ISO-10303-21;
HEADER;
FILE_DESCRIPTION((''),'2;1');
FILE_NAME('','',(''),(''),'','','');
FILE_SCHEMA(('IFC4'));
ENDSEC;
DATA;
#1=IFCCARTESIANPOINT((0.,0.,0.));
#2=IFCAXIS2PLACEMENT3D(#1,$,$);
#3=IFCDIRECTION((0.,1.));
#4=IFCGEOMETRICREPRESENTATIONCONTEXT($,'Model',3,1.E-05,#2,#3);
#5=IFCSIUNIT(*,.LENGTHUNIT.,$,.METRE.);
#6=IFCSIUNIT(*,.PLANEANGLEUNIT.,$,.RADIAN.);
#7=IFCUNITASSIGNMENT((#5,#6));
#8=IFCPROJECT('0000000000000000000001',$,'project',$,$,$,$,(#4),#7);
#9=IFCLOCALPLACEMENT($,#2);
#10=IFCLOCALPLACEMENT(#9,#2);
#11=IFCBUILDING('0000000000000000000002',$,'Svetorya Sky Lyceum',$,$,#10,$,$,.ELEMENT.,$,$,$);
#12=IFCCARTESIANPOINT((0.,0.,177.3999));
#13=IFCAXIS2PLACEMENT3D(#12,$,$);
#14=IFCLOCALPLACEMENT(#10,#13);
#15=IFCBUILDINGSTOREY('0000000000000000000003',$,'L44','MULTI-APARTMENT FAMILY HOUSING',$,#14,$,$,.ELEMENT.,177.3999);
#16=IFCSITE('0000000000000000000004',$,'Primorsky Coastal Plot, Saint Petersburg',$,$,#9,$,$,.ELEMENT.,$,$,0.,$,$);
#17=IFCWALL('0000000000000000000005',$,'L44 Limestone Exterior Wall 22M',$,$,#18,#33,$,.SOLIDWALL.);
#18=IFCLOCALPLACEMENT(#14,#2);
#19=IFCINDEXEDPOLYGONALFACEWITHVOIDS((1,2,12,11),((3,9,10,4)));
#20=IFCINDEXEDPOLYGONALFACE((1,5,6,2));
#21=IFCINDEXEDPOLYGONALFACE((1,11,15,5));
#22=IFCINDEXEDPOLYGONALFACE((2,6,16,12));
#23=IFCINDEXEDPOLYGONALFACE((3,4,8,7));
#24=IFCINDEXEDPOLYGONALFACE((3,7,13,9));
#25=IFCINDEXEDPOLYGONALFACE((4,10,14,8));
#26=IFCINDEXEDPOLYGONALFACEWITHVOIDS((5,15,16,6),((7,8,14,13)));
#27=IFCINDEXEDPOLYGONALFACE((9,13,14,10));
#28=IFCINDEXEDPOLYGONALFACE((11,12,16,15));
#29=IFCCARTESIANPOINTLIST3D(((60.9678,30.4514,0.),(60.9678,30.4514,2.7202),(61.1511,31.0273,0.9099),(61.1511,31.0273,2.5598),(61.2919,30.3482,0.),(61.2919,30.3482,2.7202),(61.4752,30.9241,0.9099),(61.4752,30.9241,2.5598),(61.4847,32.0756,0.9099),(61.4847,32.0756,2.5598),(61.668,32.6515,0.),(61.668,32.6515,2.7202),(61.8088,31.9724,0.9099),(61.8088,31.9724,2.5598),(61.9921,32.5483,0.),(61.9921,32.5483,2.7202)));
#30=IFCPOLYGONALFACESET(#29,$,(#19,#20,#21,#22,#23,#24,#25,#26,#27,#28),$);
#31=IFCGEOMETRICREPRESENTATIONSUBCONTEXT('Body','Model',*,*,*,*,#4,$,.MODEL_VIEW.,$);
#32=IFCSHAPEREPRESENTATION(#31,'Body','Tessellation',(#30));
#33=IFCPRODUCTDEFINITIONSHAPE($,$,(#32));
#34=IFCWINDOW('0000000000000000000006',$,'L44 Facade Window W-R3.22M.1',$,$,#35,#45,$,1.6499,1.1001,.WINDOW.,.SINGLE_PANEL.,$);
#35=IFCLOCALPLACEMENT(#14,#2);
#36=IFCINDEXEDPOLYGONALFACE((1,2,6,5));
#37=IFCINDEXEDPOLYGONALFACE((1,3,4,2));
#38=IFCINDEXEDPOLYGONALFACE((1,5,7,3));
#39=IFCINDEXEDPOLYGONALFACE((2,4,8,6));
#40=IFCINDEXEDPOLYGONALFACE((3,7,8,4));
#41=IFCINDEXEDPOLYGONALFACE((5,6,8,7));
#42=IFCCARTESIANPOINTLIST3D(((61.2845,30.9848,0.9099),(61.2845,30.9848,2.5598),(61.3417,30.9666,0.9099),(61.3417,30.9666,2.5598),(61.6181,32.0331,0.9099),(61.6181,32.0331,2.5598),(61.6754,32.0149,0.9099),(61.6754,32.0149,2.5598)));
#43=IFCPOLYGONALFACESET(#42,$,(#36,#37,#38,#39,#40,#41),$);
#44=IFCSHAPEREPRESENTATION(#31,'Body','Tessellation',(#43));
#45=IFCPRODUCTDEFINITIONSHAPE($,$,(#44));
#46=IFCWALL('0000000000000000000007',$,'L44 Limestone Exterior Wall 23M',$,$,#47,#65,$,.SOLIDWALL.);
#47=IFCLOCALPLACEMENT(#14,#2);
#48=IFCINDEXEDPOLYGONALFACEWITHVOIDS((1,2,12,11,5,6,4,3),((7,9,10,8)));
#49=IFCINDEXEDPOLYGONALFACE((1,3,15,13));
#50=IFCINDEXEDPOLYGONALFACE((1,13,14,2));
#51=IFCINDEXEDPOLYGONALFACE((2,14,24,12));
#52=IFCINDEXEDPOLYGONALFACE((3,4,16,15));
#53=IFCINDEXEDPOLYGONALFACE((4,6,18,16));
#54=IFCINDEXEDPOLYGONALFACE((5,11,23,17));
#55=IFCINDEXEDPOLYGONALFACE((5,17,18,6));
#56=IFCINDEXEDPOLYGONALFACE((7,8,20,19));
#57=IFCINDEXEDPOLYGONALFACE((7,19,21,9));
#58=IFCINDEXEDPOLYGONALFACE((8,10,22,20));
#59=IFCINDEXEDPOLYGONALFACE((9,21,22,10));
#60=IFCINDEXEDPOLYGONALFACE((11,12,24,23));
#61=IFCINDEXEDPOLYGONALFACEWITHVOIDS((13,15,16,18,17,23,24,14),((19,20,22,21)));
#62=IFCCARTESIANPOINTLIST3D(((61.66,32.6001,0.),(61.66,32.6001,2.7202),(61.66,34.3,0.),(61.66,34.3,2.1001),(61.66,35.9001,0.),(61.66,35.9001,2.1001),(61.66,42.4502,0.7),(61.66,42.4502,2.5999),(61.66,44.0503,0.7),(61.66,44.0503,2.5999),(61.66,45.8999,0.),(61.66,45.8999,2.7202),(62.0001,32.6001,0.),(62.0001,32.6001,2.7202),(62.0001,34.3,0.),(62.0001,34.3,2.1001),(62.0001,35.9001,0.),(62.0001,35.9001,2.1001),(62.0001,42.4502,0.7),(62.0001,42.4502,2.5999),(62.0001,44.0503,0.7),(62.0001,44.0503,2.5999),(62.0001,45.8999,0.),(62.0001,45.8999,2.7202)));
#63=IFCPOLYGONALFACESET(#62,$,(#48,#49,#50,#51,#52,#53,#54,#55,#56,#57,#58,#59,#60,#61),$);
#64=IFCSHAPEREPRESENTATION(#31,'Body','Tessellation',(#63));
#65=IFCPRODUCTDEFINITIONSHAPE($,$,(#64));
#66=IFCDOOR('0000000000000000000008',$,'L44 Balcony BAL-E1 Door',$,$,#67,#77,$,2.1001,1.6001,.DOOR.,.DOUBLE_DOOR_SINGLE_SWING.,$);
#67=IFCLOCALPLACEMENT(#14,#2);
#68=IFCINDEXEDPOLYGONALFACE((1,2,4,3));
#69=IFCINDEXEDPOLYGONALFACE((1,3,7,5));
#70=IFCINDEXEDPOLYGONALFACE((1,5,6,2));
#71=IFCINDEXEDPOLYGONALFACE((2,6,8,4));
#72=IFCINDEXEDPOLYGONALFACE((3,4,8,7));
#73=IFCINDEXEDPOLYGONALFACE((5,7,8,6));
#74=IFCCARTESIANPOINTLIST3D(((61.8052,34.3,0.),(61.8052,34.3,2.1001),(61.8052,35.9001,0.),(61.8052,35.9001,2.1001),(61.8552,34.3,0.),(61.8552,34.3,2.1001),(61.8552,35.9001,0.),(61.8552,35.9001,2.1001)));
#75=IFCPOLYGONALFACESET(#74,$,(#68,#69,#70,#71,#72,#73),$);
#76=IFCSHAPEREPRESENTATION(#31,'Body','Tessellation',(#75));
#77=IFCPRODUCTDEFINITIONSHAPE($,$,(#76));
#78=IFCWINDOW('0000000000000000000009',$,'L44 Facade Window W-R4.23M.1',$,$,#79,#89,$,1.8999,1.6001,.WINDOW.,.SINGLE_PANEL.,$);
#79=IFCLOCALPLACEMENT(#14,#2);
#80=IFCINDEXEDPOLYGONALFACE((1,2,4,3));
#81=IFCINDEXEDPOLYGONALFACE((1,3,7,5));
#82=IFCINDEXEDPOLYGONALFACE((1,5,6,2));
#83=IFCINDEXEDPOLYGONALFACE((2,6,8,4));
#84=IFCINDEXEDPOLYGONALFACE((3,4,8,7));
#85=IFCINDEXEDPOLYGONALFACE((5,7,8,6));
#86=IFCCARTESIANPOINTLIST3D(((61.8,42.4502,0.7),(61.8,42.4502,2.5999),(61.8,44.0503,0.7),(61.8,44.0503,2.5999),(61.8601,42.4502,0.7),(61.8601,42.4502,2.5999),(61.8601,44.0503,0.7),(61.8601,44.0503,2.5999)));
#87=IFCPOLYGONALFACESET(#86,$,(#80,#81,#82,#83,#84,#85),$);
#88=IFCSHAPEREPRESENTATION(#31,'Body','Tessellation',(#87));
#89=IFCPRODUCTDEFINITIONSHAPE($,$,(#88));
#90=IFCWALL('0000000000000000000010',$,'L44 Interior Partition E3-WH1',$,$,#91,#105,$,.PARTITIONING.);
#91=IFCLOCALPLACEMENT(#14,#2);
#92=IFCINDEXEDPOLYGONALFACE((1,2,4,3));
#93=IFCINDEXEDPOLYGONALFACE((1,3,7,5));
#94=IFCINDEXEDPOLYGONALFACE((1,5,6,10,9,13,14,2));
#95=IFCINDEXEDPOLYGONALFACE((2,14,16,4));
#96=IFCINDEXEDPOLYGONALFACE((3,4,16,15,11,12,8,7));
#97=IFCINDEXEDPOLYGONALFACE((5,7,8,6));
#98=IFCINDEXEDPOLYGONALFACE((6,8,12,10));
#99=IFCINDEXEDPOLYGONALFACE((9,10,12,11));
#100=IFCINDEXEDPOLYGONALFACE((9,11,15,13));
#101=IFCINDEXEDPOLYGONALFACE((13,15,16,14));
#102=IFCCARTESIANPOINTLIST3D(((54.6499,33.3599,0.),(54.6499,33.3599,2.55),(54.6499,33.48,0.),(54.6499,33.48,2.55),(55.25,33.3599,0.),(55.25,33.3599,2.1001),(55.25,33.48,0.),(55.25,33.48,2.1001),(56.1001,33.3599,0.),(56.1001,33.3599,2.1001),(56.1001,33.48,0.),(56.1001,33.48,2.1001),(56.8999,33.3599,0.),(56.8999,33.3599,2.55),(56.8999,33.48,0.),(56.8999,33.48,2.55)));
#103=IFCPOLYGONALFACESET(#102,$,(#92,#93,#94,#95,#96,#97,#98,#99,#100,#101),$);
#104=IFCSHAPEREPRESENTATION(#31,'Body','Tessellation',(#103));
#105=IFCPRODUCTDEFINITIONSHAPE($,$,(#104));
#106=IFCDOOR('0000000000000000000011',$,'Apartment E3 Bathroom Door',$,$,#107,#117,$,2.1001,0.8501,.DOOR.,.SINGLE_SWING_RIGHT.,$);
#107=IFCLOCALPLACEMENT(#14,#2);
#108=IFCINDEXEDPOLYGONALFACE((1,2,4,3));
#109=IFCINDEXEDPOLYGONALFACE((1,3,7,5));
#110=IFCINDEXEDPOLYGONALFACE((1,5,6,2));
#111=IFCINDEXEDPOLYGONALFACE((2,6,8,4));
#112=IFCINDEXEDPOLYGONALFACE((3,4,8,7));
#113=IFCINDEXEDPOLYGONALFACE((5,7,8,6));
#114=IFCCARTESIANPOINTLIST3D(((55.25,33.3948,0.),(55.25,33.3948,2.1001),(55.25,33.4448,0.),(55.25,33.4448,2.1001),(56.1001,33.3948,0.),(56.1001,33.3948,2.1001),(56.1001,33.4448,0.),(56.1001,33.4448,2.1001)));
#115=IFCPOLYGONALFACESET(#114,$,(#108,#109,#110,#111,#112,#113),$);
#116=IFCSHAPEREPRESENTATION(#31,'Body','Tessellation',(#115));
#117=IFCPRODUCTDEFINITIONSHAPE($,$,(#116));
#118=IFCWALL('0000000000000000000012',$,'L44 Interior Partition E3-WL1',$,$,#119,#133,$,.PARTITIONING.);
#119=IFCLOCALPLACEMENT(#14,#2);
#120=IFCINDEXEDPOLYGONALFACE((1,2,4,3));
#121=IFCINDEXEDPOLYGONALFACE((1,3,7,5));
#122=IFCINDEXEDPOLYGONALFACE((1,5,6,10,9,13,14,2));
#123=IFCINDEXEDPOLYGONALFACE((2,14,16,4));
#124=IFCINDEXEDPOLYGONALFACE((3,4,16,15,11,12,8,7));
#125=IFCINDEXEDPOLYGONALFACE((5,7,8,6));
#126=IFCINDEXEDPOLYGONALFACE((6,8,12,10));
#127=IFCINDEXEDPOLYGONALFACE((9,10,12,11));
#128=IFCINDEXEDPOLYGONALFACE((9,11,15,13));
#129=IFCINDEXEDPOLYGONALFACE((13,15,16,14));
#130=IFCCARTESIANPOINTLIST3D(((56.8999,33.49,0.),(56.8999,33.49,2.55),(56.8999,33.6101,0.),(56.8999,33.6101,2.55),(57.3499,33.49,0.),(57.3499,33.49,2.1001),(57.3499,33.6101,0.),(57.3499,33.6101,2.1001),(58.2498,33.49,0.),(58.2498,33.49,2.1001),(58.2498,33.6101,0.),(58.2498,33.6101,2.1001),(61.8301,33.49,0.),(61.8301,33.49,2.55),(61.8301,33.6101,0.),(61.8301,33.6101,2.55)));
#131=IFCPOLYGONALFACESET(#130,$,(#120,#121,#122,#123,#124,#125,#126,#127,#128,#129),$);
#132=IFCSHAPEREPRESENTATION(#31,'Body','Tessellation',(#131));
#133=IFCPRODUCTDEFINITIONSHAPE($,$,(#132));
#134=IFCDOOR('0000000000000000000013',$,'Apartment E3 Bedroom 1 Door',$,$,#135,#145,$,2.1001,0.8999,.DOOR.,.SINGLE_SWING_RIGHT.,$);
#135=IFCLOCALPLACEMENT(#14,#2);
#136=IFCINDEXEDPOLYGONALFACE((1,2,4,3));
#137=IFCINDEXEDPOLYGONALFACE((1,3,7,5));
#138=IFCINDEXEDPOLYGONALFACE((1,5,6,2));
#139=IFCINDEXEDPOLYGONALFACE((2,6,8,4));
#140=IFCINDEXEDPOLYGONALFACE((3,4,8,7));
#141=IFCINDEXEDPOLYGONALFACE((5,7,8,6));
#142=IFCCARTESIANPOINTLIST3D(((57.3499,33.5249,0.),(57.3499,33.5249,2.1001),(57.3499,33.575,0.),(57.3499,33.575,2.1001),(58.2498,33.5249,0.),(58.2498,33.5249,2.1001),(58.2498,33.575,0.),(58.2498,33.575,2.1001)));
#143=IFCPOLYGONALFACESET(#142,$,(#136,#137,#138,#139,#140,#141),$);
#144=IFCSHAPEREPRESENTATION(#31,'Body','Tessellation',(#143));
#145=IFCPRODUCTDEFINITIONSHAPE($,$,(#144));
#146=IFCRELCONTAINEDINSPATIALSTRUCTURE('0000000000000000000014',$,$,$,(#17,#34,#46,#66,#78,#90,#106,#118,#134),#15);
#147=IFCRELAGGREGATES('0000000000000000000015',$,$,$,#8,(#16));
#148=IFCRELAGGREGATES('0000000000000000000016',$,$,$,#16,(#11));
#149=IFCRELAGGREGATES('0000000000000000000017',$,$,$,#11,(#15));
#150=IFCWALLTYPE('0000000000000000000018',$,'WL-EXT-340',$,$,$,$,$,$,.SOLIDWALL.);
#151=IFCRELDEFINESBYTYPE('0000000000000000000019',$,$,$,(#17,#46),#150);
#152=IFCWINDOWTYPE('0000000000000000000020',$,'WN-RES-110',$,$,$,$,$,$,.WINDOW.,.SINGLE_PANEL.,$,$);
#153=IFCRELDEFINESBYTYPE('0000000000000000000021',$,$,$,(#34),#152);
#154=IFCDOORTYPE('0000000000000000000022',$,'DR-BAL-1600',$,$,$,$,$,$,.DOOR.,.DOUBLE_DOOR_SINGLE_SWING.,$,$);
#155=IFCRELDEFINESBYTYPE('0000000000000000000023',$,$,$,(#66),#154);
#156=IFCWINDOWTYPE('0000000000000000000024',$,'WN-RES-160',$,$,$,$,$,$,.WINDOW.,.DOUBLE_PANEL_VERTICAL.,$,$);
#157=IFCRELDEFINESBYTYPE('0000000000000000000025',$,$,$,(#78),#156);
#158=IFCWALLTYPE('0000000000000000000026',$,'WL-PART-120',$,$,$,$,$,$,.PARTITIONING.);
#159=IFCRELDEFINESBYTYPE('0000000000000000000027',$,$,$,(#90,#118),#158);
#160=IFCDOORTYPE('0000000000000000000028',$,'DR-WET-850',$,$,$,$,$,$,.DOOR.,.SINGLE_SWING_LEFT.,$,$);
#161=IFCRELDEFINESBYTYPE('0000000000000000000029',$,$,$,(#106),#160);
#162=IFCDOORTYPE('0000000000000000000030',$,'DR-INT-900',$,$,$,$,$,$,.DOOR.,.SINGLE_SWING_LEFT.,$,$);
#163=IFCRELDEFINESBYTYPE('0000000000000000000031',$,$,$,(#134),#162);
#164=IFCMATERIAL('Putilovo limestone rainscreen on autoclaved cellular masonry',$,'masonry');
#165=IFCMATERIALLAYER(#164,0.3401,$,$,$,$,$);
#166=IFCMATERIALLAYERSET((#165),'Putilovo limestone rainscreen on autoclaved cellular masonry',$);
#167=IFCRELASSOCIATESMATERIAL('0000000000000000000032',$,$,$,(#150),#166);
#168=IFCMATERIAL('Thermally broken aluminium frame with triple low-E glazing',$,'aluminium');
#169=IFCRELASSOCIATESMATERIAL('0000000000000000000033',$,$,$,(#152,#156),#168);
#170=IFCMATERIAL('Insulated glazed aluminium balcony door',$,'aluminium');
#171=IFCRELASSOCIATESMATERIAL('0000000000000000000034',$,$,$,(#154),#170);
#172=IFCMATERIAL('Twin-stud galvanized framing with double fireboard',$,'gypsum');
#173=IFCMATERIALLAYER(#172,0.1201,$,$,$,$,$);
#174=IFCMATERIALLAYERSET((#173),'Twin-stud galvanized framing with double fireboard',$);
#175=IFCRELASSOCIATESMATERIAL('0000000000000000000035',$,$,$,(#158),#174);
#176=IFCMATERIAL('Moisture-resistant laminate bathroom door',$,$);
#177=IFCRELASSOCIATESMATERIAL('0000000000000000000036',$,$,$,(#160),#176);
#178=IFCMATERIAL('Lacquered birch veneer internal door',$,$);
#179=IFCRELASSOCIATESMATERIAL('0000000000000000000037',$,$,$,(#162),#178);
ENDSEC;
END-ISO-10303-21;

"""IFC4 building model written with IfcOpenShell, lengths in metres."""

from ifc_helpers import new_model, si_unit, direction, frame, frame_2d, origin, place, context, subcontext, project, spatial, rectangle, extrude, material, layer, layer_set, type_object, element, fill, save


model = new_model("IFC4")

# Units and contexts
model_context = context("Model", 3, precision=1e-05, world=origin(), true_north=direction((0.0, 1.0)))
body_context = subcontext(model_context, "Body", "Model", "MODEL_VIEW")
ifc_project = project(units=[si_unit("LENGTHUNIT", "METRE"), si_unit("PLANEANGLEUNIT", "RADIAN")], contexts=[model_context])

# Site, building, storey
site_placement = place(None, origin())
site = spatial("IfcSite", under=ifc_project, at=site_placement, Name="Primorsky Coastal Plot, Saint Petersburg", CompositionType="ELEMENT", RefElevation=0.0)
building_placement = place(site_placement, origin())
building = spatial("IfcBuilding", under=site, at=building_placement, Name="Svetorya Sky Lyceum", CompositionType="ELEMENT")
storey_placement = place(building_placement, frame((0.0, 0.0, 177.3999)))
storey = spatial("IfcBuildingStorey", under=building, at=storey_placement, Name="L44", Description="MULTI-APARTMENT FAMILY HOUSING", CompositionType="ELEMENT", Elevation=177.3999)

# Shared definitions
ifc_material_1 = material(Name="Putilovo limestone rainscreen on autoclaved cellular masonry", Category="masonry")
ifc_layer_1 = layer(ifc_material_1, 0.3401)
ifc_layer_set_1 = layer_set([ifc_layer_1], Name="Putilovo limestone rainscreen on autoclaved cellular masonry")
wall_type_1 = type_object("IfcWallType", Name="WL-EXT-340", PredefinedType="SOLIDWALL", material=ifc_layer_set_1)
ifc_material_2 = material(Name="Thermally broken aluminium frame with triple low-E glazing", Category="aluminium")
window_type_1 = type_object("IfcWindowType", Name="WN-RES-110", PartitioningType="SINGLE_PANEL", PredefinedType="WINDOW", material=ifc_material_2)

# Wall, opening, window
wall_1_placement = place(storey_placement, frame((61.1299, 30.3999, 0.0), z_axis=(0.0, 0.0, 1.0), x_axis=(0.303256, 0.952909, 0.0)))
wall_1 = element("IfcWall", 1, at=wall_1_placement, inside=storey, type_object=wall_type_1, Name="L44 Limestone Exterior Wall 22M", PredefinedType="SOLIDWALL", context=body_context, shape_type="SweptSolid", body=[
    extrude(rectangle(XDim=2.3088, YDim=0.3401, at=frame_2d((1.1543, 0.0))), origin(), (0.0, 0.0, 1.0), 2.7202),
])
opening_1_placement = place(wall_1_placement, frame((0.6042, 0.0, 0.9099)))
opening_1 = element("IfcOpeningElement", 2, at=opening_1_placement, cuts=wall_1, PredefinedType="OPENING", context=body_context, shape_type="SweptSolid", body=[
    extrude(rectangle(XDim=1.1001, YDim=1.6499, at=frame_2d((0.55, 0.825))), frame((0.0, 0.1799, 0.0), z_axis=(0.0, -1.0, 0.0), x_axis=(1.0, 0.0, 0.0)), (0.0, 0.0, 1.0), 0.3601),
])
window_1_placement = place(opening_1_placement, origin())
window_1 = element("IfcWindow", 3, at=window_1_placement, inside=storey, type_object=window_type_1, Name="L44 Facade Window W-R3.22M.1", OverallHeight=1.6499, OverallWidth=1.1001, PartitioningType="SINGLE_PANEL", PredefinedType="WINDOW", context=body_context, shape_type="SweptSolid", body=[
    extrude(rectangle(XDim=1.1001, YDim=1.6499, at=frame_2d((0.55, 0.825))), frame((0.0, 0.03, 0.0), z_axis=(0.0, -1.0, 0.0), x_axis=(1.0, 0.0, 0.0)), (0.0, 0.0, 1.0), 0.0601),
])
fill(opening_1, window_1)

# Wall, openings, door, window
wall_2_placement = place(storey_placement, frame((61.8301, 32.6001, 0.0), z_axis=(0.0, 0.0, 1.0), x_axis=(0.0, 1.0, 0.0)))
wall_2 = element("IfcWall", 4, at=wall_2_placement, inside=storey, type_object=wall_type_1, Name="L44 Limestone Exterior Wall 23M", PredefinedType="SOLIDWALL", context=body_context, shape_type="SweptSolid", body=[
    extrude(rectangle(XDim=13.2998, YDim=0.3401, at=frame_2d((6.6499, 0.0))), origin(), (0.0, 0.0, 1.0), 2.7202),
])
opening_2_placement = place(wall_2_placement, frame((1.7, 0.0, 0.0)))
opening_2 = element("IfcOpeningElement", 5, at=opening_2_placement, cuts=wall_2, PredefinedType="OPENING", context=body_context, shape_type="SweptSolid", body=[
    extrude(rectangle(XDim=1.6001, YDim=2.1001, at=frame_2d((0.8, 1.05))), frame((0.0, 0.1799, 0.0), z_axis=(0.0, -1.0, 0.0), x_axis=(1.0, 0.0, 0.0)), (0.0, 0.0, 1.0), 0.3601),
])
opening_3_placement = place(wall_2_placement, frame((9.8501, 0.0, 0.7)))
opening_3 = element("IfcOpeningElement", 6, at=opening_3_placement, cuts=wall_2, PredefinedType="OPENING", context=body_context, shape_type="SweptSolid", body=[
    extrude(rectangle(XDim=1.6001, YDim=1.8999, at=frame_2d((0.8, 0.95))), frame((0.0, 0.1799, 0.0), z_axis=(0.0, -1.0, 0.0), x_axis=(1.0, 0.0, 0.0)), (0.0, 0.0, 1.0), 0.3601),
])
ifc_material_3 = material(Name="Insulated glazed aluminium balcony door", Category="aluminium")
door_type_1 = type_object("IfcDoorType", Name="DR-BAL-1600", OperationType="DOUBLE_DOOR_SINGLE_SWING", PredefinedType="DOOR", material=ifc_material_3)
door_1_placement = place(opening_2_placement, origin())
door_1 = element("IfcDoor", 7, at=door_1_placement, inside=storey, type_object=door_type_1, Name="L44 Balcony BAL-E1 Door", OperationType="DOUBLE_DOOR_SINGLE_SWING", OverallHeight=2.1001, OverallWidth=1.6001, PredefinedType="DOOR", context=body_context, shape_type="SweptSolid", body=[
    extrude(rectangle(XDim=1.6001, YDim=2.1001, at=frame_2d((0.8, 1.05))), frame((0.0, 0.0249, 0.0), z_axis=(0.0, -1.0, 0.0), x_axis=(1.0, 0.0, 0.0)), (0.0, 0.0, 1.0), 0.05),
])
fill(opening_2, door_1)
window_type_2 = type_object("IfcWindowType", Name="WN-RES-160", PartitioningType="DOUBLE_PANEL_VERTICAL", PredefinedType="WINDOW", material=ifc_material_2)
window_2_placement = place(opening_3_placement, origin())
window_2 = element("IfcWindow", 8, at=window_2_placement, inside=storey, type_object=window_type_2, Name="L44 Facade Window W-R4.23M.1", OverallHeight=1.8999, OverallWidth=1.6001, PartitioningType="SINGLE_PANEL", PredefinedType="WINDOW", context=body_context, shape_type="SweptSolid", body=[
    extrude(rectangle(XDim=1.6001, YDim=1.8999, at=frame_2d((0.8, 0.95))), frame((0.0, 0.03, 0.0), z_axis=(0.0, -1.0, 0.0), x_axis=(1.0, 0.0, 0.0)), (0.0, 0.0, 1.0), 0.0601),
])
fill(opening_3, window_2)

# Walls, openings, doors
ifc_material_4 = material(Name="Twin-stud galvanized framing with double fireboard", Category="gypsum")
ifc_layer_2 = layer(ifc_material_4, 0.1201)
ifc_layer_set_2 = layer_set([ifc_layer_2], Name="Twin-stud galvanized framing with double fireboard")
wall_type_2 = type_object("IfcWallType", Name="WL-PART-120", PredefinedType="PARTITIONING", material=ifc_layer_set_2)
wall_3_placement = place(storey_placement, frame((54.6499, 33.4199, 0.0), z_axis=(0.0, 0.0, 1.0), x_axis=(1.0, 0.0, 0.0)))
wall_3 = element("IfcWall", 9, at=wall_3_placement, inside=storey, type_object=wall_type_2, Name="L44 Interior Partition E3-WH1", PredefinedType="PARTITIONING", context=body_context, shape_type="SweptSolid", body=[
    extrude(rectangle(XDim=2.25, YDim=0.1201, at=frame_2d((1.125, 0.0))), origin(), (0.0, 0.0, 1.0), 2.55),
])
opening_4_placement = place(wall_3_placement, frame((0.6001, 0.0, 0.0)))
opening_4 = element("IfcOpeningElement", 10, at=opening_4_placement, cuts=wall_3, PredefinedType="OPENING", context=body_context, shape_type="SweptSolid", body=[
    extrude(rectangle(XDim=0.8501, YDim=2.1001, at=frame_2d((0.425, 1.05))), frame((0.0, 0.0701, 0.0), z_axis=(0.0, -1.0, 0.0), x_axis=(1.0, 0.0, 0.0)), (0.0, 0.0, 1.0), 0.1401),
])
ifc_material_5 = material(Name="Moisture-resistant laminate bathroom door")
door_type_2 = type_object("IfcDoorType", Name="DR-WET-850", OperationType="SINGLE_SWING_LEFT", PredefinedType="DOOR", material=ifc_material_5)
door_2_placement = place(opening_4_placement, origin())
door_2 = element("IfcDoor", 11, at=door_2_placement, inside=storey, type_object=door_type_2, Name="Apartment E3 Bathroom Door", OperationType="SINGLE_SWING_RIGHT", OverallHeight=2.1001, OverallWidth=0.8501, PredefinedType="DOOR", context=body_context, shape_type="SweptSolid", body=[
    extrude(rectangle(XDim=0.8501, YDim=2.1001, at=frame_2d((0.425, 1.05))), frame((0.0, 0.0249, 0.0), z_axis=(0.0, -1.0, 0.0), x_axis=(1.0, 0.0, 0.0)), (0.0, 0.0, 1.0), 0.05),
])
fill(opening_4, door_2)
wall_4_placement = place(storey_placement, frame((56.8999, 33.55, 0.0), z_axis=(0.0, 0.0, 1.0), x_axis=(1.0, 0.0, 0.0)))
wall_4 = element("IfcWall", 12, at=wall_4_placement, inside=storey, type_object=wall_type_2, Name="L44 Interior Partition E3-WL1", PredefinedType="PARTITIONING", context=body_context, shape_type="SweptSolid", body=[
    extrude(rectangle(XDim=4.9302, YDim=0.1201, at=frame_2d((2.4651, 0.0))), origin(), (0.0, 0.0, 1.0), 2.55),
])
opening_5_placement = place(wall_4_placement, frame((0.45, 0.0, 0.0)))
opening_5 = element("IfcOpeningElement", 13, at=opening_5_placement, cuts=wall_4, PredefinedType="OPENING", context=body_context, shape_type="SweptSolid", body=[
    extrude(rectangle(XDim=0.8999, YDim=2.1001, at=frame_2d((0.45, 1.05))), frame((0.0, 0.0701, 0.0), z_axis=(0.0, -1.0, 0.0), x_axis=(1.0, 0.0, 0.0)), (0.0, 0.0, 1.0), 0.1401),
])
ifc_material_6 = material(Name="Lacquered birch veneer internal door")
door_type_3 = type_object("IfcDoorType", Name="DR-INT-900", OperationType="SINGLE_SWING_LEFT", PredefinedType="DOOR", material=ifc_material_6)
door_3_placement = place(opening_5_placement, origin())
door_3 = element("IfcDoor", 14, at=door_3_placement, inside=storey, type_object=door_type_3, Name="Apartment E3 Bedroom 1 Door", OperationType="SINGLE_SWING_RIGHT", OverallHeight=2.1001, OverallWidth=0.8999, PredefinedType="DOOR", context=body_context, shape_type="SweptSolid", body=[
    extrude(rectangle(XDim=0.8999, YDim=2.1001, at=frame_2d((0.45, 1.05))), frame((0.0, 0.0249, 0.0), z_axis=(0.0, -1.0, 0.0), x_axis=(1.0, 0.0, 0.0)), (0.0, 0.0, 1.0), 0.05),
])
fill(opening_5, door_3)

save(model, "model.ifc")
